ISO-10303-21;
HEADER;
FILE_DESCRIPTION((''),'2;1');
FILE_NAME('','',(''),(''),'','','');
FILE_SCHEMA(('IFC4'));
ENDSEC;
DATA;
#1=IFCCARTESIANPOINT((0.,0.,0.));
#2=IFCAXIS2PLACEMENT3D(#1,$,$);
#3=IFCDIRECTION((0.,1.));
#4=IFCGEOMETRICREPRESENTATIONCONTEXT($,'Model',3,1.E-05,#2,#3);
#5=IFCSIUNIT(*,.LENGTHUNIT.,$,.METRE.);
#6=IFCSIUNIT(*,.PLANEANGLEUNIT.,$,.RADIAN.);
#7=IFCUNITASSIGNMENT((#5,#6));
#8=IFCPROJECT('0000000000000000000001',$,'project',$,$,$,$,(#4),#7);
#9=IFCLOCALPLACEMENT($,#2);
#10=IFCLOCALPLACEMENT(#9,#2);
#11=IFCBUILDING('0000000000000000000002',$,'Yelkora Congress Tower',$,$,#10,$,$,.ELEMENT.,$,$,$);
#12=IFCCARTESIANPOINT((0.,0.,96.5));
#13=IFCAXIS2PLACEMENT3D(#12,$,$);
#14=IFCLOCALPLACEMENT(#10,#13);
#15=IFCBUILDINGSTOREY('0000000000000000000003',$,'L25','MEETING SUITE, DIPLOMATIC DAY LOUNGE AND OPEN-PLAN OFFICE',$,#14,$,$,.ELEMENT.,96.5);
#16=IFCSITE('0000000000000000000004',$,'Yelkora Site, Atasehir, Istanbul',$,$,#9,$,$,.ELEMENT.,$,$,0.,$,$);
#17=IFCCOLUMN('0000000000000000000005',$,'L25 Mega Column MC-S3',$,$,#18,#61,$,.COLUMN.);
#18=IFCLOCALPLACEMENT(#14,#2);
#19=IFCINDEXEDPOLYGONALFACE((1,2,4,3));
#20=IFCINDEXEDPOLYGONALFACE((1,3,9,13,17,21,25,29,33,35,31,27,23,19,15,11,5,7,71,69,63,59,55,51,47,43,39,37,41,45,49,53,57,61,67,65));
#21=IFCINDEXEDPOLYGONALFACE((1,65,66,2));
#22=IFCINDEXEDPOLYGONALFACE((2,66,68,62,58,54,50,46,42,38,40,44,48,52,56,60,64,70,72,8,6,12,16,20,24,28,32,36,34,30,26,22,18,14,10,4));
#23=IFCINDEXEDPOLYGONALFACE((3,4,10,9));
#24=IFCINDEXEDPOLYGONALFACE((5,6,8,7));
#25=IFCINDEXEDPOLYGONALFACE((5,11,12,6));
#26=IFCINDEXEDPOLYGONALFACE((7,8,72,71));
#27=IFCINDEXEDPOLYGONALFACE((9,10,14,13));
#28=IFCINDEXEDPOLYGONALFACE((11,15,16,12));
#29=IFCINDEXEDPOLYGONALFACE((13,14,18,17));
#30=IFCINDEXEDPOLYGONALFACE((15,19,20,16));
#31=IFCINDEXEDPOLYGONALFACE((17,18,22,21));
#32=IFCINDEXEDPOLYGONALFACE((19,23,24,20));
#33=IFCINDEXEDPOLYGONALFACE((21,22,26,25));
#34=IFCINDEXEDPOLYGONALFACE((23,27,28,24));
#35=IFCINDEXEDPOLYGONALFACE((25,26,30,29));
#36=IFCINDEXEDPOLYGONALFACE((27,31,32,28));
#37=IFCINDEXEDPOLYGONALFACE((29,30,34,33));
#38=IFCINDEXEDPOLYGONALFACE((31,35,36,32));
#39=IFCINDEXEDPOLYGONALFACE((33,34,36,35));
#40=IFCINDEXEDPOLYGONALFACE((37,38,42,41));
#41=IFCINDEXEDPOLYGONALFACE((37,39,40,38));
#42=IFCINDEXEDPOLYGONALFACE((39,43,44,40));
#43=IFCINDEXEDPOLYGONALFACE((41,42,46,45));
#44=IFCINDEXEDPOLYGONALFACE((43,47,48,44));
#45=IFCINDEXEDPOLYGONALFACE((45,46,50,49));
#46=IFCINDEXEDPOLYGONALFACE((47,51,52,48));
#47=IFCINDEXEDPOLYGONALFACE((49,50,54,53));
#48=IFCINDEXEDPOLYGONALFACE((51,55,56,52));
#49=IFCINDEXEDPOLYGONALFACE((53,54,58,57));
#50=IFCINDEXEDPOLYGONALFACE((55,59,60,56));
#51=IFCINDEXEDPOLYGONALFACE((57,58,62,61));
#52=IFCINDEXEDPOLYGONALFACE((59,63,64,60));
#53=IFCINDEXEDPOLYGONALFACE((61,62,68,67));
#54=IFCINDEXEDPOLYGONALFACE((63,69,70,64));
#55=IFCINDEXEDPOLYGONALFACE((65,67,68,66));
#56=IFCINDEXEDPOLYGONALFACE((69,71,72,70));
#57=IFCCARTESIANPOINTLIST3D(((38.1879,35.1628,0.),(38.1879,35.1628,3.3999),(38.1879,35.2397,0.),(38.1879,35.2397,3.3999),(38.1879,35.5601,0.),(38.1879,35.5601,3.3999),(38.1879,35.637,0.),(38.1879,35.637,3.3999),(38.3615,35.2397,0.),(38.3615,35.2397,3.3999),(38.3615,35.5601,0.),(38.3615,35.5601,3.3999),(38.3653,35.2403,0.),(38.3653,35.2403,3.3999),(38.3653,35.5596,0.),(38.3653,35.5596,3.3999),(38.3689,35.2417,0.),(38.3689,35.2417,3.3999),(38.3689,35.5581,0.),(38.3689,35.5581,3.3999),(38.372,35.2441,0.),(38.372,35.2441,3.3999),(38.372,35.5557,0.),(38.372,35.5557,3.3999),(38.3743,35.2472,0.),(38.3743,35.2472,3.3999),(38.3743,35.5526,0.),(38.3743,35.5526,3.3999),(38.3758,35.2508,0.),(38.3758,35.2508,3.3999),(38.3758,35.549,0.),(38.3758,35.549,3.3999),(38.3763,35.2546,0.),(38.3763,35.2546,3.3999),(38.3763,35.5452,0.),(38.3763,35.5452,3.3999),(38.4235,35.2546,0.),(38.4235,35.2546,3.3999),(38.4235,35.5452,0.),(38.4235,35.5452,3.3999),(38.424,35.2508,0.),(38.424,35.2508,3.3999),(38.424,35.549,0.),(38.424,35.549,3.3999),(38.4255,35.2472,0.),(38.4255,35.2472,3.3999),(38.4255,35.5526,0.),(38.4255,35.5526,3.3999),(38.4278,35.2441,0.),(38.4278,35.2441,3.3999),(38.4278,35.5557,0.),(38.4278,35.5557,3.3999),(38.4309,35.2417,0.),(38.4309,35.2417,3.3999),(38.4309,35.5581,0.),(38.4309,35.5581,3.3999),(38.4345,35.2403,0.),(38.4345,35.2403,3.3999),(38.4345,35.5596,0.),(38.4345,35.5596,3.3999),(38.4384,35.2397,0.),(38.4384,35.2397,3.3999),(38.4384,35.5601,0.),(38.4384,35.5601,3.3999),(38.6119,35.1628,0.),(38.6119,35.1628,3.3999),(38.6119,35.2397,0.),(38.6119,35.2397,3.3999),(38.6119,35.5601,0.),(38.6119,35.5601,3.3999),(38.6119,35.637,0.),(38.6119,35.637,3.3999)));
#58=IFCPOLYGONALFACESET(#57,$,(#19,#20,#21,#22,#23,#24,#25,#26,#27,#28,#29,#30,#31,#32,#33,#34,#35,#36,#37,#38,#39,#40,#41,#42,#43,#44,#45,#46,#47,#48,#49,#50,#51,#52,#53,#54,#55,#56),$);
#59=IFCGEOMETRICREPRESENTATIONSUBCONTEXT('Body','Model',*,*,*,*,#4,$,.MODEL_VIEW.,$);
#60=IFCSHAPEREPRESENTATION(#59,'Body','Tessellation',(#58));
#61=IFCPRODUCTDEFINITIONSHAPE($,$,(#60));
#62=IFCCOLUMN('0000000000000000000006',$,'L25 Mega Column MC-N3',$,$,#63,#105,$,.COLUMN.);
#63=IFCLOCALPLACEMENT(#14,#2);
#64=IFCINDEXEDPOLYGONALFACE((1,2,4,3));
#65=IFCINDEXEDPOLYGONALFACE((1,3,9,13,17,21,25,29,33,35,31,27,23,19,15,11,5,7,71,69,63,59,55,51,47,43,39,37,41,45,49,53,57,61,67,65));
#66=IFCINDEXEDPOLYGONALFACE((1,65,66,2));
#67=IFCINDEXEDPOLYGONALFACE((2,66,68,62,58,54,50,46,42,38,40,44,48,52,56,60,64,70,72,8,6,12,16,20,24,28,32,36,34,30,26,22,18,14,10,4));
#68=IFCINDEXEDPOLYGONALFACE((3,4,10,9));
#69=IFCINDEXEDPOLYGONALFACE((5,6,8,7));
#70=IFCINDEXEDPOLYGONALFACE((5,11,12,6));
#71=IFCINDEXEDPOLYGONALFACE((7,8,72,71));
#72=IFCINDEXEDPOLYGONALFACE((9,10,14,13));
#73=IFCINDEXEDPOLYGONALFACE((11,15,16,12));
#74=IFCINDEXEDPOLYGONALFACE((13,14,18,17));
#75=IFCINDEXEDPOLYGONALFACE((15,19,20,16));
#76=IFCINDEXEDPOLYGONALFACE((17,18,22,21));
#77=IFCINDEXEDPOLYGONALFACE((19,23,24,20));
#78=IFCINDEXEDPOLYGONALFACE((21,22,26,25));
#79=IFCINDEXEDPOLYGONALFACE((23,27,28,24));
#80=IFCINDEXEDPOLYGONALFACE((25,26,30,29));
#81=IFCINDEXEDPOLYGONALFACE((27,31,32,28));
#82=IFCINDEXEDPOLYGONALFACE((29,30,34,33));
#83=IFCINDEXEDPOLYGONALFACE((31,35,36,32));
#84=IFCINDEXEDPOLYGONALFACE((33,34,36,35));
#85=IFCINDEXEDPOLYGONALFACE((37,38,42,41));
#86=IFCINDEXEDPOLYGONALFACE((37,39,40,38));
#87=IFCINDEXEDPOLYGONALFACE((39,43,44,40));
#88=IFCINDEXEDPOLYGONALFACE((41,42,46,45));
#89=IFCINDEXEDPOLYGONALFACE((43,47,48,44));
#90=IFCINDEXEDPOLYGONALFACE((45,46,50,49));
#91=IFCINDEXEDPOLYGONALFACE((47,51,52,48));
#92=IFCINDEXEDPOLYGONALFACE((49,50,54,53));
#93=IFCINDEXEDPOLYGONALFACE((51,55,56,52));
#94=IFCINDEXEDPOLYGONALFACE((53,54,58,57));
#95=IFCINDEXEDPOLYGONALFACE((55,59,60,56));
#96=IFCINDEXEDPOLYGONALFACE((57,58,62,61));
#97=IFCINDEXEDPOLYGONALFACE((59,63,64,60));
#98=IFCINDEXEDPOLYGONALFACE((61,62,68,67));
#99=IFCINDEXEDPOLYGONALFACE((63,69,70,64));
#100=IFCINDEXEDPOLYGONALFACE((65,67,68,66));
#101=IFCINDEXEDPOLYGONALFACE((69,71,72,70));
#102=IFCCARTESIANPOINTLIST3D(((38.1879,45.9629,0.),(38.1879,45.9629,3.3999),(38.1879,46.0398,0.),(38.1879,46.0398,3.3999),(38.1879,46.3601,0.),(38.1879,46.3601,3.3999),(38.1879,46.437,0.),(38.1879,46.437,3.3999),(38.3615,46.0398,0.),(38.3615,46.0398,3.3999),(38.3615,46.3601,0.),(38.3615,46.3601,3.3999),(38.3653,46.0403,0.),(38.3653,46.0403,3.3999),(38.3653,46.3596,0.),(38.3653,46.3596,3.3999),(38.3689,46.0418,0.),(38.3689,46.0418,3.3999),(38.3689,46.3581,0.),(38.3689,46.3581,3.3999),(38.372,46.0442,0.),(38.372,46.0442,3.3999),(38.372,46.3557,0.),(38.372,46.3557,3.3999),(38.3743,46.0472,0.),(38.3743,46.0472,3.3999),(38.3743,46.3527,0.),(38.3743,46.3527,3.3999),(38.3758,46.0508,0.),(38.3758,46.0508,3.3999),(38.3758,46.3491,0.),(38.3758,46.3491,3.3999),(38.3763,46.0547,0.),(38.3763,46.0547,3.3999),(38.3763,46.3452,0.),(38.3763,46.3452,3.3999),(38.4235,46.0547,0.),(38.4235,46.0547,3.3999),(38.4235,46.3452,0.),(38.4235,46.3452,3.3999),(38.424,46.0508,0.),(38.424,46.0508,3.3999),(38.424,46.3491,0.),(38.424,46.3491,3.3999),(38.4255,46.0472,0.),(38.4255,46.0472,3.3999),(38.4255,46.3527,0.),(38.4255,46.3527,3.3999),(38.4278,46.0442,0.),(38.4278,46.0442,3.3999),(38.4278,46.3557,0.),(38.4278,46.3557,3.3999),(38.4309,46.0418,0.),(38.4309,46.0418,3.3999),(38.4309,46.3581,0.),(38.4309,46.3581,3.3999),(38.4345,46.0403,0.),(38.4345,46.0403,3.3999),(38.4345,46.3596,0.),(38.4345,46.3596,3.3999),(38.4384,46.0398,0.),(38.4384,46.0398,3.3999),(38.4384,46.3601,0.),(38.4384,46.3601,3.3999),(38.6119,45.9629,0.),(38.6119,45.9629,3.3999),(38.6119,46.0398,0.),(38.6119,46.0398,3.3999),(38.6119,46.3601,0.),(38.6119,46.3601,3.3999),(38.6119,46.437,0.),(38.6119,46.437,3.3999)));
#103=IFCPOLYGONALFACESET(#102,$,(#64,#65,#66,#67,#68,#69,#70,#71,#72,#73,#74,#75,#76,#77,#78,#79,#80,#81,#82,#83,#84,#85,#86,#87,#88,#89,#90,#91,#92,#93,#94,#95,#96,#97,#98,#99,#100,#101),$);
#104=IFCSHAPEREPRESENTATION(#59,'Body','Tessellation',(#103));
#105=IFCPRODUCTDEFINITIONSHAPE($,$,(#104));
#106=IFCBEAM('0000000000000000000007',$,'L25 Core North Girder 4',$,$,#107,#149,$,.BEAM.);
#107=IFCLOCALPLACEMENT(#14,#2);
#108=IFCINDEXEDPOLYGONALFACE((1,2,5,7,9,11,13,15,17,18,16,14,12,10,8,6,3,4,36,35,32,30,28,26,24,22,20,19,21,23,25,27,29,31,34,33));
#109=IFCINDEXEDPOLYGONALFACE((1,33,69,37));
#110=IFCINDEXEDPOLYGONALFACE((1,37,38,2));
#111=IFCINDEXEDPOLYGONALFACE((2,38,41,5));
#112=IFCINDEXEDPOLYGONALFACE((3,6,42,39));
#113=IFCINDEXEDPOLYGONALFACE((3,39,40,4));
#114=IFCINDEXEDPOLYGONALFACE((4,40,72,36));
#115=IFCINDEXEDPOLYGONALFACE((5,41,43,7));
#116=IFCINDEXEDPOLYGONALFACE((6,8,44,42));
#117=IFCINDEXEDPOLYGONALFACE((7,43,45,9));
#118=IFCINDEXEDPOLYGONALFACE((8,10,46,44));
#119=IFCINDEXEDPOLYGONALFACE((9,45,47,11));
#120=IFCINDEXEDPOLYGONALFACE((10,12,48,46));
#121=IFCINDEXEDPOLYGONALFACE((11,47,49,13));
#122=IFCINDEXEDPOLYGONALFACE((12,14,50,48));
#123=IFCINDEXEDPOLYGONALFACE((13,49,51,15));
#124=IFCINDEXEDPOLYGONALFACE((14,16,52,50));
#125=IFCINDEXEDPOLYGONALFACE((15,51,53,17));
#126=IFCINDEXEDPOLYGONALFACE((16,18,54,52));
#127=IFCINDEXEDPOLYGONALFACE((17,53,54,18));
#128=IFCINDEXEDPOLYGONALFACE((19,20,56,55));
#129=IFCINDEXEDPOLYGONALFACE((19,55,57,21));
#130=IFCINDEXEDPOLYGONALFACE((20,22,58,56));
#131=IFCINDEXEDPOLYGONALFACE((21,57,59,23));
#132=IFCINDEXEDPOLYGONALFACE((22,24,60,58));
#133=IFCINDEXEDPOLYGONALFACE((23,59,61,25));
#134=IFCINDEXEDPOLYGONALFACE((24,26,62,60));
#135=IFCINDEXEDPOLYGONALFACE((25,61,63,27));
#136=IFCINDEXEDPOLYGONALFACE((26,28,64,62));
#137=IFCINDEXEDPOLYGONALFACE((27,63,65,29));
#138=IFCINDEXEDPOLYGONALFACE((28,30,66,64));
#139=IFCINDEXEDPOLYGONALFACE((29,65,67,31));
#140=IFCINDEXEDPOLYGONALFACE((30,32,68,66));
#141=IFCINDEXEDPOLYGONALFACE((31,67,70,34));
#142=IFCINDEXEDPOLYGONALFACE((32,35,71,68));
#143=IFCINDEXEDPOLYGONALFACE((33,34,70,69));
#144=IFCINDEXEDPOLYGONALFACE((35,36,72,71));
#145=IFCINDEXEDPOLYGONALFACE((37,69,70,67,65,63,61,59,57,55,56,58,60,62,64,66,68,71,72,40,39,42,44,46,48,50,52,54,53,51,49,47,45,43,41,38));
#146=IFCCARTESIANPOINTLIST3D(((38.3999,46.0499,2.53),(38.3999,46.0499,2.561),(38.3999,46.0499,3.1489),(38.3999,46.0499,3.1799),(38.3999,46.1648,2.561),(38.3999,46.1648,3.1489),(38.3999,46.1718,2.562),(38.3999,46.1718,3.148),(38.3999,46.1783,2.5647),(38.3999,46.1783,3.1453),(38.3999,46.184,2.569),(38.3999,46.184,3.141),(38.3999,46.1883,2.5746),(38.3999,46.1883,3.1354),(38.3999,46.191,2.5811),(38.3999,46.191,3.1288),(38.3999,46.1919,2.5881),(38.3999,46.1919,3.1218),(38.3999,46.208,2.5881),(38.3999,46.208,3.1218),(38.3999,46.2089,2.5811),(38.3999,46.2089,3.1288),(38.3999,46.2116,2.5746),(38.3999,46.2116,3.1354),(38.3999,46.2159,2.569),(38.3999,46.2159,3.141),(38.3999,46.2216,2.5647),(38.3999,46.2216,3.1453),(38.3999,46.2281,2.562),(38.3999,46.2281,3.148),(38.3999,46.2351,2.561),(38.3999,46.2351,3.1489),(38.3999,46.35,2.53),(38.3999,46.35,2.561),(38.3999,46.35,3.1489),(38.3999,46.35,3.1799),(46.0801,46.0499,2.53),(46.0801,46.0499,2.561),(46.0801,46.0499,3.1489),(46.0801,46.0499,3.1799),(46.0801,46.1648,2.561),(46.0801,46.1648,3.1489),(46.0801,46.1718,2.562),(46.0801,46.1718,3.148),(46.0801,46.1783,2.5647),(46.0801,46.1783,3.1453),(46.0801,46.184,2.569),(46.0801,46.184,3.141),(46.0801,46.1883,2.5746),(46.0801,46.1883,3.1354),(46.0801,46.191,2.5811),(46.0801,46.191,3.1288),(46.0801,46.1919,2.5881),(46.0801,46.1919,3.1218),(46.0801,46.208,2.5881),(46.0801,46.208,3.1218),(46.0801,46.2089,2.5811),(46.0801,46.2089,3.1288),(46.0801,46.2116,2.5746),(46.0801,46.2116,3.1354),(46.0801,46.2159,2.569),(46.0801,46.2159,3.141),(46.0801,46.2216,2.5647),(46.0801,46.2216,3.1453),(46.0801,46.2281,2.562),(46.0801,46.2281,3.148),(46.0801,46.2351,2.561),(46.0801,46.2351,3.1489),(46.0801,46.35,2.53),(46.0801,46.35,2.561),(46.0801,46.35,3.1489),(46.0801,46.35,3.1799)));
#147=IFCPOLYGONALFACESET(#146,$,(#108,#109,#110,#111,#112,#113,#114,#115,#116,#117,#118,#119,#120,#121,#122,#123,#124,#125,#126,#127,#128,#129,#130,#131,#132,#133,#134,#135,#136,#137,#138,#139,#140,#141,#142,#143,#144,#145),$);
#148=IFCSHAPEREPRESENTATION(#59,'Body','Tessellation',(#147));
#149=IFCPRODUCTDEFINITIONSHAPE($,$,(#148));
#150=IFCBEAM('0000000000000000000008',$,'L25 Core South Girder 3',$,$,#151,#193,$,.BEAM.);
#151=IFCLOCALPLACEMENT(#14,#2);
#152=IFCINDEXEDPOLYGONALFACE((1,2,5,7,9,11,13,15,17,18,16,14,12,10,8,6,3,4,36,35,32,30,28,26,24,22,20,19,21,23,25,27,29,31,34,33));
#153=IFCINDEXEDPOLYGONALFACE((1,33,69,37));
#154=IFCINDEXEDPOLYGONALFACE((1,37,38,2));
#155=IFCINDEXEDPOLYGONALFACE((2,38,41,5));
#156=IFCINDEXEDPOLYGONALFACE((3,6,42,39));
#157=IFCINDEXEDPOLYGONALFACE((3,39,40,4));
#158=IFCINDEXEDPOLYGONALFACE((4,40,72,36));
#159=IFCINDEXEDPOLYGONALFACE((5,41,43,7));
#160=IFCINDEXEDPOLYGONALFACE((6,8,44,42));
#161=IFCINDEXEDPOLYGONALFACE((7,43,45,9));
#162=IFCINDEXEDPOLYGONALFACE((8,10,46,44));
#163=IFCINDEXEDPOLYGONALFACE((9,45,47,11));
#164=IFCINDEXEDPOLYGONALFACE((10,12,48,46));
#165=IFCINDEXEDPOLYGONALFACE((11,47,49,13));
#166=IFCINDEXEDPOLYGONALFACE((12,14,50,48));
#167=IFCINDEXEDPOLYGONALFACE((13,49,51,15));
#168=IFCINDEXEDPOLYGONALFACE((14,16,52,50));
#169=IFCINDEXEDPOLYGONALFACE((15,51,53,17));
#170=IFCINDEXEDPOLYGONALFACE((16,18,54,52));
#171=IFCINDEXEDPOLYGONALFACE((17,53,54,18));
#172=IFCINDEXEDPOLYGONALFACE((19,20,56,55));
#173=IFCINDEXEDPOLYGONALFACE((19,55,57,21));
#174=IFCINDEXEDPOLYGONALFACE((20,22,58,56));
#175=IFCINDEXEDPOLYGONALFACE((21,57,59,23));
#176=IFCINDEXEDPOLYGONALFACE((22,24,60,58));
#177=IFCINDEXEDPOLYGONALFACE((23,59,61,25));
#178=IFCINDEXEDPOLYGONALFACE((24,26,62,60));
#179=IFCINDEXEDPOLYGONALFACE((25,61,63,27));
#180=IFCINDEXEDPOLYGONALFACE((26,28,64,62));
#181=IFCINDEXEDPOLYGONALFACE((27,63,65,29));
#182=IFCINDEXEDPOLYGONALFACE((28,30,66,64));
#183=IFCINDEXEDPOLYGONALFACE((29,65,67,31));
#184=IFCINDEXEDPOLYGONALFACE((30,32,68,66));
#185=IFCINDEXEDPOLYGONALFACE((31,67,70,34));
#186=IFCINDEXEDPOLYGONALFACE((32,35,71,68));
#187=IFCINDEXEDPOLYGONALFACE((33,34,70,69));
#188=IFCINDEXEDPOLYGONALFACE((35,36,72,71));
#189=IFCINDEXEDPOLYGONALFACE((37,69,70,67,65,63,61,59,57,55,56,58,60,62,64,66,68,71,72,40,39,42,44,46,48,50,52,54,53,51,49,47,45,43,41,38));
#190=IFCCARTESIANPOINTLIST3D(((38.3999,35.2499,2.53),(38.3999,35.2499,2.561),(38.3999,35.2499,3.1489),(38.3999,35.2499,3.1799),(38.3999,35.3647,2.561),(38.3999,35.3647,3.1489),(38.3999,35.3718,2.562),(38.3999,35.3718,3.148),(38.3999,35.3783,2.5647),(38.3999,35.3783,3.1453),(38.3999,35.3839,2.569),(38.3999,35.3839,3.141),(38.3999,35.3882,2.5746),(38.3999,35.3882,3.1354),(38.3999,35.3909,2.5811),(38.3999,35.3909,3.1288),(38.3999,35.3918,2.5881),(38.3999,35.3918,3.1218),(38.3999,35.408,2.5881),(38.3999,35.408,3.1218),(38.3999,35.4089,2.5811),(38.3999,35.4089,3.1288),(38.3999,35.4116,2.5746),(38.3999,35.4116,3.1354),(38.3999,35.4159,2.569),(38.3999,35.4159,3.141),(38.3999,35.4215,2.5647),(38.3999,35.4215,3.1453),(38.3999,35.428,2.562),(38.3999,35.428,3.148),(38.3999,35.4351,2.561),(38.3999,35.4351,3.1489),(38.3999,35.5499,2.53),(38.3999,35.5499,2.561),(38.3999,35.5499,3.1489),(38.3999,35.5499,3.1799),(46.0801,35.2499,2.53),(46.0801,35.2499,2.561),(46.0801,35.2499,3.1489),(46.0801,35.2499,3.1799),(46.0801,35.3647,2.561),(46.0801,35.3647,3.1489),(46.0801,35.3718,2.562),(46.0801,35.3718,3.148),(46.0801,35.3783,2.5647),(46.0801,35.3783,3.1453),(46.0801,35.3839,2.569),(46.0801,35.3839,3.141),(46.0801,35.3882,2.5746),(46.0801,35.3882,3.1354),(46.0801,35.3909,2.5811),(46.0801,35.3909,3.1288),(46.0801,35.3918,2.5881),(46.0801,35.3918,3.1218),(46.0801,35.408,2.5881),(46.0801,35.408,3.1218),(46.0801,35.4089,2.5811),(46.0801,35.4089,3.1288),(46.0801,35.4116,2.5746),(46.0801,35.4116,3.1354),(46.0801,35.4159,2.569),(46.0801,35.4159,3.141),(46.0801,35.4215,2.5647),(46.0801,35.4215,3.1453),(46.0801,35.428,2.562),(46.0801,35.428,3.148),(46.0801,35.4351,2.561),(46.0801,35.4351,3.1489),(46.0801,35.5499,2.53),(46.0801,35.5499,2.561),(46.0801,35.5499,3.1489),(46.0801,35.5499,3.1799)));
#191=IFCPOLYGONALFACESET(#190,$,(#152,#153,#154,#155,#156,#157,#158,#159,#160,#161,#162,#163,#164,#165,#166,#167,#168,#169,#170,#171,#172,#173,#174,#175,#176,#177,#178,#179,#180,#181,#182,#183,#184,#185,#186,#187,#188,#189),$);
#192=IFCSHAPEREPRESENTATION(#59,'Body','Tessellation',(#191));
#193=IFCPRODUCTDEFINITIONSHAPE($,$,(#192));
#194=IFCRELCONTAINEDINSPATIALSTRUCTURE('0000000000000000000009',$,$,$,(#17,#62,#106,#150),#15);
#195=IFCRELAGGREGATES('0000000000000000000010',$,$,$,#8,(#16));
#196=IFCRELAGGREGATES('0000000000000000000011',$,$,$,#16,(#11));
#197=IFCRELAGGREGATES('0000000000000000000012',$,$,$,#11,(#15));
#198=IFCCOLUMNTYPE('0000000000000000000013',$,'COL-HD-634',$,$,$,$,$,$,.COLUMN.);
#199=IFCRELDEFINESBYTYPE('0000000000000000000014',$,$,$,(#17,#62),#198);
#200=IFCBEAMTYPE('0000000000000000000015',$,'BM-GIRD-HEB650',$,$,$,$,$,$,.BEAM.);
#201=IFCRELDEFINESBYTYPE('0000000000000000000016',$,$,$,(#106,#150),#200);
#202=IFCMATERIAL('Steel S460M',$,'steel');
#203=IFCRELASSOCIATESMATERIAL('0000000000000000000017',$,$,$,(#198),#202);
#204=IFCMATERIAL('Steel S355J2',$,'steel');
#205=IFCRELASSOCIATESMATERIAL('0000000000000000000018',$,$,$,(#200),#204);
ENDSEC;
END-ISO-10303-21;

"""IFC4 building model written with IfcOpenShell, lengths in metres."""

from ifc_helpers import new_model, si_unit, direction, frame, origin, origin_2d, place, context, subcontext, project, spatial, i_section, extrude, material, material_profile, profile_set, type_object, element, save


model = new_model("IFC4")

# Units and contexts
model_context = context("Model", 3, precision=1e-05, world=origin(), true_north=direction((0.0, 1.0)))
body_context = subcontext(model_context, "Body", "Model", "MODEL_VIEW")
ifc_project = project(units=[si_unit("LENGTHUNIT", "METRE"), si_unit("PLANEANGLEUNIT", "RADIAN")], contexts=[model_context])

# Site, building, storey
site_placement = place(None, origin())
site = spatial("IfcSite", under=ifc_project, at=site_placement, Name="Yelkora Site, Atasehir, Istanbul", CompositionType="ELEMENT", RefElevation=0.0)
building_placement = place(site_placement, origin())
building = spatial("IfcBuilding", under=site, at=building_placement, Name="Yelkora Congress Tower", CompositionType="ELEMENT")
storey_placement = place(building_placement, frame((0.0, 0.0, 96.5)))
storey = spatial("IfcBuildingStorey", under=building, at=storey_placement, Name="L25", Description="MEETING SUITE, DIPLOMATIC DAY LOUNGE AND OPEN-PLAN OFFICE", CompositionType="ELEMENT", Elevation=96.5)

# Columns
ifc_material_1 = material(Name="Steel S460M", Category="steel")
ifc_material_profile_1 = material_profile(ifc_material_1, i_section(OverallWidth=0.4241, OverallDepth=0.4741, WebThickness=0.0471, FlangeThickness=0.0769, FilletRadius=0.0149, at=origin_2d()), Name="HD 400x634")
ifc_profile_set_1 = profile_set([ifc_material_profile_1], Name="Steel S460M")
column_type = type_object("IfcColumnType", Name="COL-HD-634", PredefinedType="COLUMN", material=ifc_profile_set_1)
for number, where, z_axis, x_axis, name in (
    (1, (38.3999, 35.3999, 0.0), (0.0, 0.0, 1.0), (1.0, 0.0, 0.0), "L25 Mega Column MC-S3"),
    (2, (38.3999, 46.2, 0.0), (0.0, 0.0, 1.0), (1.0, 0.0, 0.0), "L25 Mega Column MC-N3"),
):
    element("IfcColumn", number, at=place(storey_placement, frame(where, z_axis=z_axis, x_axis=x_axis)), inside=storey, type_object=column_type, Name=name, PredefinedType="COLUMN", context=body_context, shape_type="SweptSolid", body=[
        extrude(i_section(OverallWidth=0.4241, OverallDepth=0.4741, WebThickness=0.0471, FlangeThickness=0.0769, FilletRadius=0.0149, at=origin_2d()), origin(), (0.0, 0.0, 1.0), 3.3999),
    ])

# Beams
ifc_material_2 = material(Name="Steel S355J2", Category="steel")
ifc_material_profile_2 = material_profile(ifc_material_2, i_section(OverallWidth=0.3, OverallDepth=0.6499, WebThickness=0.0161, FlangeThickness=0.031, FilletRadius=0.0271, at=origin_2d()), Name="HEB 650")
ifc_profile_set_2 = profile_set([ifc_material_profile_2], Name="Steel S355J2")
beam_type = type_object("IfcBeamType", Name="BM-GIRD-HEB650", PredefinedType="BEAM", material=ifc_profile_set_2)
for number, where, z_axis, x_axis, name in (
    (3, (38.3999, 46.2, 2.855), (1.0, 0.0, 0.0), (0.0, 1.0, 0.0), "L25 Core North Girder 4"),
    (4, (38.3999, 35.3999, 2.855), (1.0, 0.0, 0.0), (0.0, 1.0, 0.0), "L25 Core South Girder 3"),
):
    element("IfcBeam", number, at=place(storey_placement, frame(where, z_axis=z_axis, x_axis=x_axis)), inside=storey, type_object=beam_type, Name=name, PredefinedType="BEAM", context=body_context, shape_type="SweptSolid", body=[
        extrude(i_section(OverallWidth=0.3, OverallDepth=0.6499, WebThickness=0.0161, FlangeThickness=0.031, FilletRadius=0.0271, at=origin_2d()), origin(), (0.0, 0.0, 1.0), 7.6802),
    ])

save(model, "model.ifc")
